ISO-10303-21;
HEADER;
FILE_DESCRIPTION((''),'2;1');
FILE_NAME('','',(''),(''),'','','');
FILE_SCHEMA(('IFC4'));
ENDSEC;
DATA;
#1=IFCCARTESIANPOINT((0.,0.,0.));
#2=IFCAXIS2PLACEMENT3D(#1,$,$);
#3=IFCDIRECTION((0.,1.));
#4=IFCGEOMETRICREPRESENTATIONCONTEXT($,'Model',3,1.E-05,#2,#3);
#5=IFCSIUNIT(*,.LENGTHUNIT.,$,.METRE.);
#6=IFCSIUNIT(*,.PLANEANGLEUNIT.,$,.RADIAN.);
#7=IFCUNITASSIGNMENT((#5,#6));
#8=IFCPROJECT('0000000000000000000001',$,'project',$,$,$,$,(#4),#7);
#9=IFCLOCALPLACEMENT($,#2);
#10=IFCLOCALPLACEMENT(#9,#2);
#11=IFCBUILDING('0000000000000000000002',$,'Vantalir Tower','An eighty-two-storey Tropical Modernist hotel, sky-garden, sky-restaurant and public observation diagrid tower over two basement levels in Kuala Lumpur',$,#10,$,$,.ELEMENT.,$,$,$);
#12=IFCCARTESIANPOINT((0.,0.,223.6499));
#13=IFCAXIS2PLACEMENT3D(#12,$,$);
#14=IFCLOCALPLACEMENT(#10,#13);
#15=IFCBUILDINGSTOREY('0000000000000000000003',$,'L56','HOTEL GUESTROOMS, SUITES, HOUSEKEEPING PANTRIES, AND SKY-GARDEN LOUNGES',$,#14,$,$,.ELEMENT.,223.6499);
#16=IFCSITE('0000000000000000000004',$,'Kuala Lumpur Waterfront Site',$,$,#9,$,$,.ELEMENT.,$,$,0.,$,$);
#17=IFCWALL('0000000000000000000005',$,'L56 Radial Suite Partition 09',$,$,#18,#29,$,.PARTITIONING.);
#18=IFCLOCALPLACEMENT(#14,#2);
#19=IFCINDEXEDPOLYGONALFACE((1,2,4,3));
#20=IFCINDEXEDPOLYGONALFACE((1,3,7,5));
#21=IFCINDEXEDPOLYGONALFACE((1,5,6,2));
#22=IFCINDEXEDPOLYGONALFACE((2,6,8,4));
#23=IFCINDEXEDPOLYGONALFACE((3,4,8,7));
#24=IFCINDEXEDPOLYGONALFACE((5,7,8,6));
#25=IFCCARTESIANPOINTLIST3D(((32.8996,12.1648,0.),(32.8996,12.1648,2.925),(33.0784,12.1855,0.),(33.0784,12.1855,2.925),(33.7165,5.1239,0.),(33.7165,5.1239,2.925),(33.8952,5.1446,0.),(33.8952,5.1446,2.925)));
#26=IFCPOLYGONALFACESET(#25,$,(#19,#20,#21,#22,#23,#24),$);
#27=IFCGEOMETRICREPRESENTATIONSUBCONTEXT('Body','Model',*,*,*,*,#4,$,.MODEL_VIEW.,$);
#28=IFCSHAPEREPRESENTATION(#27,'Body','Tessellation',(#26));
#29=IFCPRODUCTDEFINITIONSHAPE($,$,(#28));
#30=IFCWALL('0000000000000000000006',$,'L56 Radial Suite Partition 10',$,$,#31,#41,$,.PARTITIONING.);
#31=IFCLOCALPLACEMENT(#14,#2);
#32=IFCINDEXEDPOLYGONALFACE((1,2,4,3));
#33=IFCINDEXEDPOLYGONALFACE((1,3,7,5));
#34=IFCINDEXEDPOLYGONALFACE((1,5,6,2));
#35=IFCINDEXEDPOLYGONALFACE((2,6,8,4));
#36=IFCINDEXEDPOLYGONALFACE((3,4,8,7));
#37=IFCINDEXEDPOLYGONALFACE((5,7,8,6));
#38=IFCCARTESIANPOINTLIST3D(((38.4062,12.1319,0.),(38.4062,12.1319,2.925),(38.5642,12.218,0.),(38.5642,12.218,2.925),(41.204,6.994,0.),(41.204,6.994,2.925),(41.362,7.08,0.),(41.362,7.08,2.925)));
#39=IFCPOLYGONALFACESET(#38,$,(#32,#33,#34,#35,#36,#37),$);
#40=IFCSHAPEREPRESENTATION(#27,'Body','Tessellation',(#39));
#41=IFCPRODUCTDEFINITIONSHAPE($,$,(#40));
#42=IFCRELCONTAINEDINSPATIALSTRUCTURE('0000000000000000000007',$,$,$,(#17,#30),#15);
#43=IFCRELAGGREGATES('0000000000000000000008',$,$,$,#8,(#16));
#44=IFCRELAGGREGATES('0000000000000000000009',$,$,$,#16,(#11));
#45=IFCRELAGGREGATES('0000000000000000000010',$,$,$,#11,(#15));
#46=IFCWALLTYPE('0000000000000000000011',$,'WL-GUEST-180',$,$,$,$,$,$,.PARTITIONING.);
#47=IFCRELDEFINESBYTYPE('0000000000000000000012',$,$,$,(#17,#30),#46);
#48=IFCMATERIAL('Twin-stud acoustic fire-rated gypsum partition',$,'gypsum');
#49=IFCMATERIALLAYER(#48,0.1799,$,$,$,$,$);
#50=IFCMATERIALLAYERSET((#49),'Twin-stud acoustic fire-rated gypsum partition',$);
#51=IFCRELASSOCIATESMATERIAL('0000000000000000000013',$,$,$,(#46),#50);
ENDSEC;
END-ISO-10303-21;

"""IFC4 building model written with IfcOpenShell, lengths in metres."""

from ifc_helpers import new_model, si_unit, direction, frame, frame_2d, origin, place, context, subcontext, project, spatial, rectangle, extrude, material, layer, layer_set, type_object, element, save


model = new_model("IFC4")

# Units and contexts
model_context = context("Model", 3, precision=1e-05, world=origin(), true_north=direction((0.0, 1.0)))
body_context = subcontext(model_context, "Body", "Model", "MODEL_VIEW")
ifc_project = project(units=[si_unit("LENGTHUNIT", "METRE"), si_unit("PLANEANGLEUNIT", "RADIAN")], contexts=[model_context])

# Site, building, storey
site_placement = place(None, origin())
site = spatial("IfcSite", under=ifc_project, at=site_placement, Name="Kuala Lumpur Waterfront Site", CompositionType="ELEMENT", RefElevation=0.0)
building_placement = place(site_placement, origin())
building = spatial("IfcBuilding", under=site, at=building_placement, Name="Vantalir Tower", Description="An eighty-two-storey Tropical Modernist hotel, sky-garden, sky-restaurant and public observation diagrid tower over two basement levels in Kuala Lumpur", CompositionType="ELEMENT")
storey_placement = place(building_placement, frame((0.0, 0.0, 223.6499)))
storey = spatial("IfcBuildingStorey", under=building, at=storey_placement, Name="L56", Description="HOTEL GUESTROOMS, SUITES, HOUSEKEEPING PANTRIES, AND SKY-GARDEN LOUNGES", CompositionType="ELEMENT", Elevation=223.6499)

# Walls
ifc_material_1 = material(Name="Twin-stud acoustic fire-rated gypsum partition", Category="gypsum")
ifc_layer_1 = layer(ifc_material_1, 0.1799)
ifc_layer_set_1 = layer_set([ifc_layer_1], Name="Twin-stud acoustic fire-rated gypsum partition")
wall_type_1 = type_object("IfcWallType", Name="WL-GUEST-180", PredefinedType="PARTITIONING", material=ifc_layer_set_1)
wall_1_placement = place(storey_placement, frame((32.989, 12.175, 0.0), z_axis=(0.0, 0.0, 1.0), x_axis=(0.115246, -0.993337, 0.0)))
element("IfcWall", 1, at=wall_1_placement, inside=storey, type_object=wall_type_1, Name="L56 Radial Suite Partition 09", PredefinedType="PARTITIONING", context=body_context, shape_type="SweptSolid", body=[
    extrude(rectangle(XDim=7.0881, YDim=0.1799, at=frame_2d((3.5439, 0.0))), origin(), (0.0, 0.0, 1.0), 2.925),
])
wall_2_placement = place(storey_placement, frame((38.4851, 12.175, 0.0), z_axis=(0.0, 0.0, 1.0), x_axis=(0.478238, -0.87823, 0.0)))
element("IfcWall", 2, at=wall_2_placement, inside=storey, type_object=wall_type_1, Name="L56 Radial Suite Partition 10", PredefinedType="PARTITIONING", context=body_context, shape_type="SweptSolid", body=[
    extrude(rectangle(XDim=5.8503, YDim=0.1799, at=frame_2d((2.9253, 0.0))), origin(), (0.0, 0.0, 1.0), 2.925),
])

save(model, "model.ifc")
